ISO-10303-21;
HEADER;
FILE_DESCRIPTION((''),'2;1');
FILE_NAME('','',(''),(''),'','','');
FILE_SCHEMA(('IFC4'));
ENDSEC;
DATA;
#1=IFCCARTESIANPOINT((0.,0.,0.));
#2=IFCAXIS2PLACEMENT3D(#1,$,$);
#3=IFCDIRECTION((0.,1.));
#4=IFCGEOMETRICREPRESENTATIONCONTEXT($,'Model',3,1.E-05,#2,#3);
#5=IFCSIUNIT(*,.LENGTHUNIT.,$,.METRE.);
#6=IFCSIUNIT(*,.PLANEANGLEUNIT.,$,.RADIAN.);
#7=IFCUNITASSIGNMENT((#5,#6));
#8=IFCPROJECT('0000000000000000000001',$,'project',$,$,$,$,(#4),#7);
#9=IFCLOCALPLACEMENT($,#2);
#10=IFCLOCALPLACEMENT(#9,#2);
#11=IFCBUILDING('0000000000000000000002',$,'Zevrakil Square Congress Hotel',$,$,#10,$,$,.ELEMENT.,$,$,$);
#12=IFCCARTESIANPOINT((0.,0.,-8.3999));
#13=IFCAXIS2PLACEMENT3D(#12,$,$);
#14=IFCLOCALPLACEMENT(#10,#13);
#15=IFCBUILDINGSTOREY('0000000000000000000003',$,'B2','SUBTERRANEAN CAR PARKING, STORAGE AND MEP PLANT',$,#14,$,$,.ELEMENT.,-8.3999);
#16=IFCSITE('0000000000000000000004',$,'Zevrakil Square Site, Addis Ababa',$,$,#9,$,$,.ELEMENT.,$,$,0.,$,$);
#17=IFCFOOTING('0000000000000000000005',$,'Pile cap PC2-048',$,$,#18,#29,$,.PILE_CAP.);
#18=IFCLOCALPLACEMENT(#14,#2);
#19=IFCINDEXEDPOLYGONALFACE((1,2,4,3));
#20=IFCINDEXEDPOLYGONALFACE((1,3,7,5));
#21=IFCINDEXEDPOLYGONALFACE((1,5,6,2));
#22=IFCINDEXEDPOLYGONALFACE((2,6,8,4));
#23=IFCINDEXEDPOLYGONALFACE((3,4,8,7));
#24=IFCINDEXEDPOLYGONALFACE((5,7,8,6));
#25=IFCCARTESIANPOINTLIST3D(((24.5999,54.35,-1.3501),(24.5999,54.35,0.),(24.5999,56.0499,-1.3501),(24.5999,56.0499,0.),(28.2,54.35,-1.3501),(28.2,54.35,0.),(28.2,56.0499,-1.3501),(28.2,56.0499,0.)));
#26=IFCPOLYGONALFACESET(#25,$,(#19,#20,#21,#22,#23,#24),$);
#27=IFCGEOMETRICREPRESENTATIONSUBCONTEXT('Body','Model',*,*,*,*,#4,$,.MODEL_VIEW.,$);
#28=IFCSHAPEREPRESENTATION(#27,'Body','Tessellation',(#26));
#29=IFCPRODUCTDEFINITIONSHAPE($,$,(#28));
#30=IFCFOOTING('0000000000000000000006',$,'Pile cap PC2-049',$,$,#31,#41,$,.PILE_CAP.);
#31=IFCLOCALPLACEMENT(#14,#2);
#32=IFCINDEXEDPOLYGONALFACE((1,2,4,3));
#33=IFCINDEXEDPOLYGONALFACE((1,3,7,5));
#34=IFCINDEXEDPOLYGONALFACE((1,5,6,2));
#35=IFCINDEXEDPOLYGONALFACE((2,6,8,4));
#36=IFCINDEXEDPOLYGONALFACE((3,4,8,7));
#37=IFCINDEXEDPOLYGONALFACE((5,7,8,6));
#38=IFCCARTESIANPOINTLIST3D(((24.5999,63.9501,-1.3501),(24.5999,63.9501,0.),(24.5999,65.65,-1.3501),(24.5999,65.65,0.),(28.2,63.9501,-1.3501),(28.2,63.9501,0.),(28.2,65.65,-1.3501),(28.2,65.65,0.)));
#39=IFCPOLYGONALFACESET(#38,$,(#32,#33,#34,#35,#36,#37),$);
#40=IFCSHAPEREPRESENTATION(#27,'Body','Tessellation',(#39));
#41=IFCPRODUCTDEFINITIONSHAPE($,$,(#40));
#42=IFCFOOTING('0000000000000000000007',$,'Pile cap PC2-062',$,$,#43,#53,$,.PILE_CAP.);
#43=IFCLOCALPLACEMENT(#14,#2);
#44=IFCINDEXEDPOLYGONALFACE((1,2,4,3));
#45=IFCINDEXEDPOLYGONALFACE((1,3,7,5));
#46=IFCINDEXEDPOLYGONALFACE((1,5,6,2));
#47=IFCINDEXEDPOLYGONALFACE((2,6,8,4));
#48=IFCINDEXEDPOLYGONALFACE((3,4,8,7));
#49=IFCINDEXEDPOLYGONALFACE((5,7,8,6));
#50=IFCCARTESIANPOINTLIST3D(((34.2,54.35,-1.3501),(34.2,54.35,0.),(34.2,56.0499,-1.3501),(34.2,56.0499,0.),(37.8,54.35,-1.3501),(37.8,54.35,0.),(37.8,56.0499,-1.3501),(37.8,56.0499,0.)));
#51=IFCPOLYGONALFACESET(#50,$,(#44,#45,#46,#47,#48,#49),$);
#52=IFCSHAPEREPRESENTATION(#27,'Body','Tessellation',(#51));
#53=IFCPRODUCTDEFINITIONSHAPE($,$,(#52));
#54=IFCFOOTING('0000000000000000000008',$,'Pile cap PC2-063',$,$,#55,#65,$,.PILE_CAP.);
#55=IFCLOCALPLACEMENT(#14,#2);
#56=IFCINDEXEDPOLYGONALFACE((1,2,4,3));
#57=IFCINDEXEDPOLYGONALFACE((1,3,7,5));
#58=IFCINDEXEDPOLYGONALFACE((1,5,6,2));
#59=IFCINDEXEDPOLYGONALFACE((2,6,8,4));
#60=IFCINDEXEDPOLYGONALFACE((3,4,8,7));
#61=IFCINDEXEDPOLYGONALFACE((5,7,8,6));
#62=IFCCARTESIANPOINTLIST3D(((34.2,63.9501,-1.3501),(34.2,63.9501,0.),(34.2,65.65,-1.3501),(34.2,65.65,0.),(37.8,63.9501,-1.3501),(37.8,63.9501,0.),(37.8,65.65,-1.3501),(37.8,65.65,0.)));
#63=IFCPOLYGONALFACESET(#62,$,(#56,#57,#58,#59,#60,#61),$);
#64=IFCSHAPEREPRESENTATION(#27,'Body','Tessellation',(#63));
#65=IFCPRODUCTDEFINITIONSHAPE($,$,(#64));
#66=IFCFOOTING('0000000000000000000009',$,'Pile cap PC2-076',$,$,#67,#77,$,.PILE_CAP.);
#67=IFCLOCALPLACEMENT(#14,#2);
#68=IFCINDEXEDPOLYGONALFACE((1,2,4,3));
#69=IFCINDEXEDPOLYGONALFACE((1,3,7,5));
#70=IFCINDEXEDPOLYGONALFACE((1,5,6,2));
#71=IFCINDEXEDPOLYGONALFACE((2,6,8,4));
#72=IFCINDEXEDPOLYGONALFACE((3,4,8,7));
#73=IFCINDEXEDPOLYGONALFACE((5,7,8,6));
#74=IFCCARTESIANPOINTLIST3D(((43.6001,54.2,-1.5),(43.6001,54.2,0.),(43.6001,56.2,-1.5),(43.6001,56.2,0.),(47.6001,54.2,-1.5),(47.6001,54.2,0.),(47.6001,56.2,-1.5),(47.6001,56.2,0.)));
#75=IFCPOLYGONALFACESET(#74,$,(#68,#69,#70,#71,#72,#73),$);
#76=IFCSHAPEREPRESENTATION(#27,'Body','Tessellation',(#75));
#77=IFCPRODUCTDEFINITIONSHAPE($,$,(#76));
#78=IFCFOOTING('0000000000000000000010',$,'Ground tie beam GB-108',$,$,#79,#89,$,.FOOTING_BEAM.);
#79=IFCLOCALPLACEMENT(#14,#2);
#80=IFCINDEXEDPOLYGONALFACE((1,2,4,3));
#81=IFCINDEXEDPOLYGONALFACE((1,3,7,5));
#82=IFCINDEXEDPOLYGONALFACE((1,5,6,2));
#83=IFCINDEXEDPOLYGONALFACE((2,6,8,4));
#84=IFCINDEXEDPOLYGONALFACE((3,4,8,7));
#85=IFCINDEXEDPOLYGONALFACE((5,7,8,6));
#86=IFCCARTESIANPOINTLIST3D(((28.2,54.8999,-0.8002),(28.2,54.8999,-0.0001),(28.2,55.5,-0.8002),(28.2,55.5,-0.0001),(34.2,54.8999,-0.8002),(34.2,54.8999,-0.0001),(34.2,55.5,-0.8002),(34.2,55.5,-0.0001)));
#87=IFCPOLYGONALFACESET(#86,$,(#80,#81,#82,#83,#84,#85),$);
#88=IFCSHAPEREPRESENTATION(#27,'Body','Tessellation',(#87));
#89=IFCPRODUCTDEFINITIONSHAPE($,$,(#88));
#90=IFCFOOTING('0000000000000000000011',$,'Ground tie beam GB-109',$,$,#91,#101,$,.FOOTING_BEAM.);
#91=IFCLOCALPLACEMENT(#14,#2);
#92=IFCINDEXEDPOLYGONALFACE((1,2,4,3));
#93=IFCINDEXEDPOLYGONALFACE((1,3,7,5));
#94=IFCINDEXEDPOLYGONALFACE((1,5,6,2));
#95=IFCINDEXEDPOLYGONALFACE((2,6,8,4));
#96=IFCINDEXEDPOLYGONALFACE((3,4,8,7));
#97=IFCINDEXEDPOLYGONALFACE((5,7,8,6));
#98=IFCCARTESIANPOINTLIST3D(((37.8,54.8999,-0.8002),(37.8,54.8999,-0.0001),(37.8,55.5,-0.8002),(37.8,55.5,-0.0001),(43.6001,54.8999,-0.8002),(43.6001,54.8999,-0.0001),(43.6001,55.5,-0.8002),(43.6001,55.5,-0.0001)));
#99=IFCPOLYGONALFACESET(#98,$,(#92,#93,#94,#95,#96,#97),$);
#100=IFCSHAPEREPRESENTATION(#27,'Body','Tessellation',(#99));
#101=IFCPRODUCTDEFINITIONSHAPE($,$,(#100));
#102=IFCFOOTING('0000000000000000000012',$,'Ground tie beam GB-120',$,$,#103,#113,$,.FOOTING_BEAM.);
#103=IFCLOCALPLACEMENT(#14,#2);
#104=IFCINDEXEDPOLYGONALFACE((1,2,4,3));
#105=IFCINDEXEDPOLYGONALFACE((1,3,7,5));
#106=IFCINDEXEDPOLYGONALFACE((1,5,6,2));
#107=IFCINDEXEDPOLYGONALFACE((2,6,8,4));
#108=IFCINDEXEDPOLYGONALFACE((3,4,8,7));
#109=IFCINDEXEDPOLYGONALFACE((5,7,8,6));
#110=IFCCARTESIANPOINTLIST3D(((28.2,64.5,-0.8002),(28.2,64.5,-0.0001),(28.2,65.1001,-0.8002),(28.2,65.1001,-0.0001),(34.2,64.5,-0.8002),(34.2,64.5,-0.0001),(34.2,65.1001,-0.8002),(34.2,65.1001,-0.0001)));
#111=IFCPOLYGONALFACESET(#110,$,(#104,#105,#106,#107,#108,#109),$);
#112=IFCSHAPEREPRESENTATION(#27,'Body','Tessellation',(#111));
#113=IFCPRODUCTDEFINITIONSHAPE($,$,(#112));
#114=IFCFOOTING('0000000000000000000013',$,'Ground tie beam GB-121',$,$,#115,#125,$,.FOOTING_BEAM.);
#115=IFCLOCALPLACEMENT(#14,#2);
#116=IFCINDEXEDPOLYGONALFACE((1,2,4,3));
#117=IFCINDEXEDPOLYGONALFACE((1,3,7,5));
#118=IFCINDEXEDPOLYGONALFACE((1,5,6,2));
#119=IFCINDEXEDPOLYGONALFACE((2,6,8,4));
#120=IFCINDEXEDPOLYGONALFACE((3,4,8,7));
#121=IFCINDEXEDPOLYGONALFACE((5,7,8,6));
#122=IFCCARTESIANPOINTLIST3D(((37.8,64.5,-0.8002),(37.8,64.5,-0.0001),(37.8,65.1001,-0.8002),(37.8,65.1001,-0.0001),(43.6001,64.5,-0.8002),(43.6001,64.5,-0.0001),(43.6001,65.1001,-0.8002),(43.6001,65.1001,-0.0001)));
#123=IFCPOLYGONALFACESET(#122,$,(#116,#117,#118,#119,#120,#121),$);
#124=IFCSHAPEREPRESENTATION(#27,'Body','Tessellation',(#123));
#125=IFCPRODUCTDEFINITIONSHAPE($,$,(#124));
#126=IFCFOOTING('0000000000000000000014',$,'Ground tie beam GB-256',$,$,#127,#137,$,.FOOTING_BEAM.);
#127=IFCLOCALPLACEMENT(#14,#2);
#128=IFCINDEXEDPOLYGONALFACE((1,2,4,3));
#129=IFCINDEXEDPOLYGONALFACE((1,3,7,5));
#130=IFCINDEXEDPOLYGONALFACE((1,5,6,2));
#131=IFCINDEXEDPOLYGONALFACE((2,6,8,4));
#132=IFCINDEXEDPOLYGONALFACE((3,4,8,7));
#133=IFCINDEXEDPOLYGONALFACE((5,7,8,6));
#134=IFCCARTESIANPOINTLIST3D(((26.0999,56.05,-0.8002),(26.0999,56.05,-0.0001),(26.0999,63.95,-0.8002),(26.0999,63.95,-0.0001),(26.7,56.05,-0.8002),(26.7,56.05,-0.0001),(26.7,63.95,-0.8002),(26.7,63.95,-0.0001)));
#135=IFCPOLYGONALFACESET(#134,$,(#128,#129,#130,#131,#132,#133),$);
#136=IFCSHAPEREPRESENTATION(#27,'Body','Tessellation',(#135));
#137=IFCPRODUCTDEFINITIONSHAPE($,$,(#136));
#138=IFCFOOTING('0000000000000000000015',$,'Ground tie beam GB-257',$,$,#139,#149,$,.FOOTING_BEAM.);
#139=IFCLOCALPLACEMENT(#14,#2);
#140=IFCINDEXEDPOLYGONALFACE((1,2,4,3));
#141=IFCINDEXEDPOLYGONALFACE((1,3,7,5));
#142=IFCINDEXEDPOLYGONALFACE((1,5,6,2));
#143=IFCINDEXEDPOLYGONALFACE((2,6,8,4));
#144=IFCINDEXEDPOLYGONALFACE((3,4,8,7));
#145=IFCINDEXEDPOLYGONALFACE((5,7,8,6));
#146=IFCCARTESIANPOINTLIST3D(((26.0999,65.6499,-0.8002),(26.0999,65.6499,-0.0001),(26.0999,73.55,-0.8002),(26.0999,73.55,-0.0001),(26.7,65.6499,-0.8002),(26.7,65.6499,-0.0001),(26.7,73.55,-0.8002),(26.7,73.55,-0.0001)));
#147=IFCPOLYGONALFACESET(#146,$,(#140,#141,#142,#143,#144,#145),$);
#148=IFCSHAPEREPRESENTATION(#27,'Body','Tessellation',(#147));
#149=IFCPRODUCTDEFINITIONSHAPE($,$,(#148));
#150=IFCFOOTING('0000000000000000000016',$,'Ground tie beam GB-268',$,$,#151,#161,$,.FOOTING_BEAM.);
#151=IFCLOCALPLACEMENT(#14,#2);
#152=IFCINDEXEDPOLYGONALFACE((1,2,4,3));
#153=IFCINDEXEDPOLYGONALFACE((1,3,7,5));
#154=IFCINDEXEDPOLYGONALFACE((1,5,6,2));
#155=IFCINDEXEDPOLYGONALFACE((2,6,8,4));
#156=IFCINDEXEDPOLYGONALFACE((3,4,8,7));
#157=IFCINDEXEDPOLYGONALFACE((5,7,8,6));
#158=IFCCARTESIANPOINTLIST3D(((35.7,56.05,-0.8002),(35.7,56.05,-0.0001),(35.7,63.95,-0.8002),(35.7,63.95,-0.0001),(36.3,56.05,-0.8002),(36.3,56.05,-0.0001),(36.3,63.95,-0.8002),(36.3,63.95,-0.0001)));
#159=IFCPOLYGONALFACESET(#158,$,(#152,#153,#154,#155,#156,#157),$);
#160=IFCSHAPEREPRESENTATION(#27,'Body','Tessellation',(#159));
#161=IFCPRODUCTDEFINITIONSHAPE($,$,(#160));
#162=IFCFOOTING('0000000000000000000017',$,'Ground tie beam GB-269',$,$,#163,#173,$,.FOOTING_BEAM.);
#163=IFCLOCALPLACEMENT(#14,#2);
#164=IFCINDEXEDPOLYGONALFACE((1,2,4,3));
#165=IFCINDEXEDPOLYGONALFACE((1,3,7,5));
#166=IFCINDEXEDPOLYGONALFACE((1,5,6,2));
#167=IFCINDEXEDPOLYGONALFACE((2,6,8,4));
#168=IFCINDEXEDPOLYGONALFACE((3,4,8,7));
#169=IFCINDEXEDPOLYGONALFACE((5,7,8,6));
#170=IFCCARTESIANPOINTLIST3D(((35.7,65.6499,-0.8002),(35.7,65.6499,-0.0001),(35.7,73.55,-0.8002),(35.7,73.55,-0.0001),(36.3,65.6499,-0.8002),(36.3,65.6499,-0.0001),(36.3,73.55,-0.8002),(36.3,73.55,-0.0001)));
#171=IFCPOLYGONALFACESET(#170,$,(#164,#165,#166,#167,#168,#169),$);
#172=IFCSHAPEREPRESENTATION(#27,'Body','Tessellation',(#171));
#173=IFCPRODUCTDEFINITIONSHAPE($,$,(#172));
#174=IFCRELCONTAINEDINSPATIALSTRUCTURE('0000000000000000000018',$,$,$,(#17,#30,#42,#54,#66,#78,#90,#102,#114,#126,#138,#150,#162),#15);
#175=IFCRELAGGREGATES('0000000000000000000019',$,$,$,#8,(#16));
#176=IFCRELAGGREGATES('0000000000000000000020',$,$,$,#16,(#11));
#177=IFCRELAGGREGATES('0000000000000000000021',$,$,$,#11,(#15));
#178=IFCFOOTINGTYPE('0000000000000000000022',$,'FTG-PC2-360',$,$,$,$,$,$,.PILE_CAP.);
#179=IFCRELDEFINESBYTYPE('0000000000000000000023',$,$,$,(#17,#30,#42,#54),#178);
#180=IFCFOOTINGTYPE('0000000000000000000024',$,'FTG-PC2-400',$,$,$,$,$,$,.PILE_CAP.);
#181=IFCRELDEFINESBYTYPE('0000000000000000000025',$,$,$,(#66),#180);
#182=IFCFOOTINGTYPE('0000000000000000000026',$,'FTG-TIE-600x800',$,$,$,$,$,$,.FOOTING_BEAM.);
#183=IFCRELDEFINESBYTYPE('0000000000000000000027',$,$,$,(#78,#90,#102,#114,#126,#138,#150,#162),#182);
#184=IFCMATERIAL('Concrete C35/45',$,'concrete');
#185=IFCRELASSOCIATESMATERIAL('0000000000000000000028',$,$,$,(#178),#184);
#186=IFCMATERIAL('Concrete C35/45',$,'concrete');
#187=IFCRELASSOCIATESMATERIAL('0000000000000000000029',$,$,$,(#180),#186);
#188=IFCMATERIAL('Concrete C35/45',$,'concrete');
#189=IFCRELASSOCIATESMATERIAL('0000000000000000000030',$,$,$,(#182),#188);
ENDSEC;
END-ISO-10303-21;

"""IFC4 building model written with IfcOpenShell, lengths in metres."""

from ifc_helpers import new_model, si_unit, direction, frame, origin, origin_2d, place, context, subcontext, project, spatial, rectangle, extrude, material, material_profile, profile_set, type_object, element, save


model = new_model("IFC4")

# Units and contexts
model_context = context("Model", 3, precision=1e-05, world=origin(), true_north=direction((0.0, 1.0)))
body_context = subcontext(model_context, "Body", "Model", "MODEL_VIEW")
ifc_project = project(units=[si_unit("LENGTHUNIT", "METRE"), si_unit("PLANEANGLEUNIT", "RADIAN")], contexts=[model_context])

# Site, building, storey
site_placement = place(None, origin())
site = spatial("IfcSite", under=ifc_project, at=site_placement, Name="Zevrakil Square Site, Addis Ababa", CompositionType="ELEMENT", RefElevation=0.0)
building_placement = place(site_placement, origin())
building = spatial("IfcBuilding", under=site, at=building_placement, Name="Zevrakil Square Congress Hotel", CompositionType="ELEMENT")
storey_placement = place(building_placement, frame((0.0, 0.0, -8.3999)))
storey = spatial("IfcBuildingStorey", under=building, at=storey_placement, Name="B2", Description="SUBTERRANEAN CAR PARKING, STORAGE AND MEP PLANT", CompositionType="ELEMENT", Elevation=-8.3999)

# Footings
ifc_material_1 = material(Name="Concrete C35/45", Category="concrete")
footing_type_1 = type_object("IfcFootingType", Name="FTG-PC2-360", PredefinedType="PILE_CAP", material=ifc_material_1)
for number, where, z_axis, x_axis, name in (
    (1, (26.3999, 55.2, -1.3501), (0.0, 0.0, 1.0), (1.0, 0.0, 0.0), "Pile cap PC2-048"),
    (2, (26.3999, 64.8, -1.3501), (0.0, 0.0, 1.0), (1.0, 0.0, 0.0), "Pile cap PC2-049"),
    (3, (36.0, 55.2, -1.3501), (0.0, 0.0, 1.0), (1.0, 0.0, 0.0), "Pile cap PC2-062"),
    (4, (36.0, 64.8, -1.3501), (0.0, 0.0, 1.0), (1.0, 0.0, 0.0), "Pile cap PC2-063"),
):
    element("IfcFooting", number, at=place(storey_placement, frame(where, z_axis=z_axis, x_axis=x_axis)), inside=storey, type_object=footing_type_1, Name=name, PredefinedType="PILE_CAP", context=body_context, shape_type="SweptSolid", body=[
        extrude(rectangle(XDim=3.6001, YDim=1.7, at=origin_2d()), origin(), (0.0, 0.0, 1.0), 1.3501),
    ])
ifc_material_2 = material(Name="Concrete C35/45", Category="concrete")
footing_type_2 = type_object("IfcFootingType", Name="FTG-PC2-400", PredefinedType="PILE_CAP", material=ifc_material_2)
footing_1_placement = place(storey_placement, frame((45.6001, 55.2, -1.5), z_axis=(0.0, 0.0, 1.0), x_axis=(1.0, 0.0, 0.0)))
element("IfcFooting", 5, at=footing_1_placement, inside=storey, type_object=footing_type_2, Name="Pile cap PC2-076", PredefinedType="PILE_CAP", context=body_context, shape_type="SweptSolid", body=[
    extrude(rectangle(XDim=4.0, YDim=2.0, at=origin_2d()), origin(), (0.0, 0.0, 1.0), 1.5),
])
ifc_material_3 = material(Name="Concrete C35/45", Category="concrete")
ifc_material_profile_1 = material_profile(ifc_material_3, rectangle(XDim=0.6001, YDim=0.8, at=origin_2d()), Name="RC 600x800")
ifc_profile_set_1 = profile_set([ifc_material_profile_1], Name="Concrete C35/45")
footing_type_3 = type_object("IfcFootingType", Name="FTG-TIE-600x800", PredefinedType="FOOTING_BEAM", material=ifc_profile_set_1)
footing_2_placement = place(storey_placement, frame((28.2, 55.2, -0.4001), z_axis=(1.0, 0.0, 0.0), x_axis=(0.0, 1.0, 0.0)))
element("IfcFooting", 6, at=footing_2_placement, inside=storey, type_object=footing_type_3, Name="Ground tie beam GB-108", PredefinedType="FOOTING_BEAM", context=body_context, shape_type="SweptSolid", body=[
    extrude(rectangle(XDim=0.6001, YDim=0.8, at=origin_2d()), origin(), (0.0, 0.0, 1.0), 6.0),
])
footing_3_placement = place(storey_placement, frame((37.8, 55.2, -0.4001), z_axis=(1.0, 0.0, 0.0), x_axis=(0.0, 1.0, 0.0)))
element("IfcFooting", 7, at=footing_3_placement, inside=storey, type_object=footing_type_3, Name="Ground tie beam GB-109", PredefinedType="FOOTING_BEAM", context=body_context, shape_type="SweptSolid", body=[
    extrude(rectangle(XDim=0.6001, YDim=0.8, at=origin_2d()), origin(), (0.0, 0.0, 1.0), 5.8),
])
footing_4_placement = place(storey_placement, frame((28.2, 64.8, -0.4001), z_axis=(1.0, 0.0, 0.0), x_axis=(0.0, 1.0, 0.0)))
element("IfcFooting", 8, at=footing_4_placement, inside=storey, type_object=footing_type_3, Name="Ground tie beam GB-120", PredefinedType="FOOTING_BEAM", context=body_context, shape_type="SweptSolid", body=[
    extrude(rectangle(XDim=0.6001, YDim=0.8, at=origin_2d()), origin(), (0.0, 0.0, 1.0), 6.0),
])
footing_5_placement = place(storey_placement, frame((37.8, 64.8, -0.4001), z_axis=(1.0, 0.0, 0.0), x_axis=(0.0, 1.0, 0.0)))
element("IfcFooting", 9, at=footing_5_placement, inside=storey, type_object=footing_type_3, Name="Ground tie beam GB-121", PredefinedType="FOOTING_BEAM", context=body_context, shape_type="SweptSolid", body=[
    extrude(rectangle(XDim=0.6001, YDim=0.8, at=origin_2d()), origin(), (0.0, 0.0, 1.0), 5.8),
])
footing_6_placement = place(storey_placement, frame((26.3999, 56.05, -0.4001), z_axis=(0.0, 1.0, 0.0), x_axis=(-1.0, 0.0, 0.0)))
element("IfcFooting", 10, at=footing_6_placement, inside=storey, type_object=footing_type_3, Name="Ground tie beam GB-256", PredefinedType="FOOTING_BEAM", context=body_context, shape_type="SweptSolid", body=[
    extrude(rectangle(XDim=0.6001, YDim=0.8, at=origin_2d()), origin(), (0.0, 0.0, 1.0), 7.8999),
])
footing_7_placement = place(storey_placement, frame((26.3999, 65.6499, -0.4001), z_axis=(0.0, 1.0, 0.0), x_axis=(-1.0, 0.0, 0.0)))
element("IfcFooting", 11, at=footing_7_placement, inside=storey, type_object=footing_type_3, Name="Ground tie beam GB-257", PredefinedType="FOOTING_BEAM", context=body_context, shape_type="SweptSolid", body=[
    extrude(rectangle(XDim=0.6001, YDim=0.8, at=origin_2d()), origin(), (0.0, 0.0, 1.0), 7.9001),
])
footing_8_placement = place(storey_placement, frame((36.0, 56.05, -0.4001), z_axis=(0.0, 1.0, 0.0), x_axis=(-1.0, 0.0, 0.0)))
element("IfcFooting", 12, at=footing_8_placement, inside=storey, type_object=footing_type_3, Name="Ground tie beam GB-268", PredefinedType="FOOTING_BEAM", context=body_context, shape_type="SweptSolid", body=[
    extrude(rectangle(XDim=0.6001, YDim=0.8, at=origin_2d()), origin(), (0.0, 0.0, 1.0), 7.8999),
])
footing_9_placement = place(storey_placement, frame((36.0, 65.6499, -0.4001), z_axis=(0.0, 1.0, 0.0), x_axis=(-1.0, 0.0, 0.0)))
element("IfcFooting", 13, at=footing_9_placement, inside=storey, type_object=footing_type_3, Name="Ground tie beam GB-269", PredefinedType="FOOTING_BEAM", context=body_context, shape_type="SweptSolid", body=[
    extrude(rectangle(XDim=0.6001, YDim=0.8, at=origin_2d()), origin(), (0.0, 0.0, 1.0), 7.9001),
])

save(model, "model.ifc")
